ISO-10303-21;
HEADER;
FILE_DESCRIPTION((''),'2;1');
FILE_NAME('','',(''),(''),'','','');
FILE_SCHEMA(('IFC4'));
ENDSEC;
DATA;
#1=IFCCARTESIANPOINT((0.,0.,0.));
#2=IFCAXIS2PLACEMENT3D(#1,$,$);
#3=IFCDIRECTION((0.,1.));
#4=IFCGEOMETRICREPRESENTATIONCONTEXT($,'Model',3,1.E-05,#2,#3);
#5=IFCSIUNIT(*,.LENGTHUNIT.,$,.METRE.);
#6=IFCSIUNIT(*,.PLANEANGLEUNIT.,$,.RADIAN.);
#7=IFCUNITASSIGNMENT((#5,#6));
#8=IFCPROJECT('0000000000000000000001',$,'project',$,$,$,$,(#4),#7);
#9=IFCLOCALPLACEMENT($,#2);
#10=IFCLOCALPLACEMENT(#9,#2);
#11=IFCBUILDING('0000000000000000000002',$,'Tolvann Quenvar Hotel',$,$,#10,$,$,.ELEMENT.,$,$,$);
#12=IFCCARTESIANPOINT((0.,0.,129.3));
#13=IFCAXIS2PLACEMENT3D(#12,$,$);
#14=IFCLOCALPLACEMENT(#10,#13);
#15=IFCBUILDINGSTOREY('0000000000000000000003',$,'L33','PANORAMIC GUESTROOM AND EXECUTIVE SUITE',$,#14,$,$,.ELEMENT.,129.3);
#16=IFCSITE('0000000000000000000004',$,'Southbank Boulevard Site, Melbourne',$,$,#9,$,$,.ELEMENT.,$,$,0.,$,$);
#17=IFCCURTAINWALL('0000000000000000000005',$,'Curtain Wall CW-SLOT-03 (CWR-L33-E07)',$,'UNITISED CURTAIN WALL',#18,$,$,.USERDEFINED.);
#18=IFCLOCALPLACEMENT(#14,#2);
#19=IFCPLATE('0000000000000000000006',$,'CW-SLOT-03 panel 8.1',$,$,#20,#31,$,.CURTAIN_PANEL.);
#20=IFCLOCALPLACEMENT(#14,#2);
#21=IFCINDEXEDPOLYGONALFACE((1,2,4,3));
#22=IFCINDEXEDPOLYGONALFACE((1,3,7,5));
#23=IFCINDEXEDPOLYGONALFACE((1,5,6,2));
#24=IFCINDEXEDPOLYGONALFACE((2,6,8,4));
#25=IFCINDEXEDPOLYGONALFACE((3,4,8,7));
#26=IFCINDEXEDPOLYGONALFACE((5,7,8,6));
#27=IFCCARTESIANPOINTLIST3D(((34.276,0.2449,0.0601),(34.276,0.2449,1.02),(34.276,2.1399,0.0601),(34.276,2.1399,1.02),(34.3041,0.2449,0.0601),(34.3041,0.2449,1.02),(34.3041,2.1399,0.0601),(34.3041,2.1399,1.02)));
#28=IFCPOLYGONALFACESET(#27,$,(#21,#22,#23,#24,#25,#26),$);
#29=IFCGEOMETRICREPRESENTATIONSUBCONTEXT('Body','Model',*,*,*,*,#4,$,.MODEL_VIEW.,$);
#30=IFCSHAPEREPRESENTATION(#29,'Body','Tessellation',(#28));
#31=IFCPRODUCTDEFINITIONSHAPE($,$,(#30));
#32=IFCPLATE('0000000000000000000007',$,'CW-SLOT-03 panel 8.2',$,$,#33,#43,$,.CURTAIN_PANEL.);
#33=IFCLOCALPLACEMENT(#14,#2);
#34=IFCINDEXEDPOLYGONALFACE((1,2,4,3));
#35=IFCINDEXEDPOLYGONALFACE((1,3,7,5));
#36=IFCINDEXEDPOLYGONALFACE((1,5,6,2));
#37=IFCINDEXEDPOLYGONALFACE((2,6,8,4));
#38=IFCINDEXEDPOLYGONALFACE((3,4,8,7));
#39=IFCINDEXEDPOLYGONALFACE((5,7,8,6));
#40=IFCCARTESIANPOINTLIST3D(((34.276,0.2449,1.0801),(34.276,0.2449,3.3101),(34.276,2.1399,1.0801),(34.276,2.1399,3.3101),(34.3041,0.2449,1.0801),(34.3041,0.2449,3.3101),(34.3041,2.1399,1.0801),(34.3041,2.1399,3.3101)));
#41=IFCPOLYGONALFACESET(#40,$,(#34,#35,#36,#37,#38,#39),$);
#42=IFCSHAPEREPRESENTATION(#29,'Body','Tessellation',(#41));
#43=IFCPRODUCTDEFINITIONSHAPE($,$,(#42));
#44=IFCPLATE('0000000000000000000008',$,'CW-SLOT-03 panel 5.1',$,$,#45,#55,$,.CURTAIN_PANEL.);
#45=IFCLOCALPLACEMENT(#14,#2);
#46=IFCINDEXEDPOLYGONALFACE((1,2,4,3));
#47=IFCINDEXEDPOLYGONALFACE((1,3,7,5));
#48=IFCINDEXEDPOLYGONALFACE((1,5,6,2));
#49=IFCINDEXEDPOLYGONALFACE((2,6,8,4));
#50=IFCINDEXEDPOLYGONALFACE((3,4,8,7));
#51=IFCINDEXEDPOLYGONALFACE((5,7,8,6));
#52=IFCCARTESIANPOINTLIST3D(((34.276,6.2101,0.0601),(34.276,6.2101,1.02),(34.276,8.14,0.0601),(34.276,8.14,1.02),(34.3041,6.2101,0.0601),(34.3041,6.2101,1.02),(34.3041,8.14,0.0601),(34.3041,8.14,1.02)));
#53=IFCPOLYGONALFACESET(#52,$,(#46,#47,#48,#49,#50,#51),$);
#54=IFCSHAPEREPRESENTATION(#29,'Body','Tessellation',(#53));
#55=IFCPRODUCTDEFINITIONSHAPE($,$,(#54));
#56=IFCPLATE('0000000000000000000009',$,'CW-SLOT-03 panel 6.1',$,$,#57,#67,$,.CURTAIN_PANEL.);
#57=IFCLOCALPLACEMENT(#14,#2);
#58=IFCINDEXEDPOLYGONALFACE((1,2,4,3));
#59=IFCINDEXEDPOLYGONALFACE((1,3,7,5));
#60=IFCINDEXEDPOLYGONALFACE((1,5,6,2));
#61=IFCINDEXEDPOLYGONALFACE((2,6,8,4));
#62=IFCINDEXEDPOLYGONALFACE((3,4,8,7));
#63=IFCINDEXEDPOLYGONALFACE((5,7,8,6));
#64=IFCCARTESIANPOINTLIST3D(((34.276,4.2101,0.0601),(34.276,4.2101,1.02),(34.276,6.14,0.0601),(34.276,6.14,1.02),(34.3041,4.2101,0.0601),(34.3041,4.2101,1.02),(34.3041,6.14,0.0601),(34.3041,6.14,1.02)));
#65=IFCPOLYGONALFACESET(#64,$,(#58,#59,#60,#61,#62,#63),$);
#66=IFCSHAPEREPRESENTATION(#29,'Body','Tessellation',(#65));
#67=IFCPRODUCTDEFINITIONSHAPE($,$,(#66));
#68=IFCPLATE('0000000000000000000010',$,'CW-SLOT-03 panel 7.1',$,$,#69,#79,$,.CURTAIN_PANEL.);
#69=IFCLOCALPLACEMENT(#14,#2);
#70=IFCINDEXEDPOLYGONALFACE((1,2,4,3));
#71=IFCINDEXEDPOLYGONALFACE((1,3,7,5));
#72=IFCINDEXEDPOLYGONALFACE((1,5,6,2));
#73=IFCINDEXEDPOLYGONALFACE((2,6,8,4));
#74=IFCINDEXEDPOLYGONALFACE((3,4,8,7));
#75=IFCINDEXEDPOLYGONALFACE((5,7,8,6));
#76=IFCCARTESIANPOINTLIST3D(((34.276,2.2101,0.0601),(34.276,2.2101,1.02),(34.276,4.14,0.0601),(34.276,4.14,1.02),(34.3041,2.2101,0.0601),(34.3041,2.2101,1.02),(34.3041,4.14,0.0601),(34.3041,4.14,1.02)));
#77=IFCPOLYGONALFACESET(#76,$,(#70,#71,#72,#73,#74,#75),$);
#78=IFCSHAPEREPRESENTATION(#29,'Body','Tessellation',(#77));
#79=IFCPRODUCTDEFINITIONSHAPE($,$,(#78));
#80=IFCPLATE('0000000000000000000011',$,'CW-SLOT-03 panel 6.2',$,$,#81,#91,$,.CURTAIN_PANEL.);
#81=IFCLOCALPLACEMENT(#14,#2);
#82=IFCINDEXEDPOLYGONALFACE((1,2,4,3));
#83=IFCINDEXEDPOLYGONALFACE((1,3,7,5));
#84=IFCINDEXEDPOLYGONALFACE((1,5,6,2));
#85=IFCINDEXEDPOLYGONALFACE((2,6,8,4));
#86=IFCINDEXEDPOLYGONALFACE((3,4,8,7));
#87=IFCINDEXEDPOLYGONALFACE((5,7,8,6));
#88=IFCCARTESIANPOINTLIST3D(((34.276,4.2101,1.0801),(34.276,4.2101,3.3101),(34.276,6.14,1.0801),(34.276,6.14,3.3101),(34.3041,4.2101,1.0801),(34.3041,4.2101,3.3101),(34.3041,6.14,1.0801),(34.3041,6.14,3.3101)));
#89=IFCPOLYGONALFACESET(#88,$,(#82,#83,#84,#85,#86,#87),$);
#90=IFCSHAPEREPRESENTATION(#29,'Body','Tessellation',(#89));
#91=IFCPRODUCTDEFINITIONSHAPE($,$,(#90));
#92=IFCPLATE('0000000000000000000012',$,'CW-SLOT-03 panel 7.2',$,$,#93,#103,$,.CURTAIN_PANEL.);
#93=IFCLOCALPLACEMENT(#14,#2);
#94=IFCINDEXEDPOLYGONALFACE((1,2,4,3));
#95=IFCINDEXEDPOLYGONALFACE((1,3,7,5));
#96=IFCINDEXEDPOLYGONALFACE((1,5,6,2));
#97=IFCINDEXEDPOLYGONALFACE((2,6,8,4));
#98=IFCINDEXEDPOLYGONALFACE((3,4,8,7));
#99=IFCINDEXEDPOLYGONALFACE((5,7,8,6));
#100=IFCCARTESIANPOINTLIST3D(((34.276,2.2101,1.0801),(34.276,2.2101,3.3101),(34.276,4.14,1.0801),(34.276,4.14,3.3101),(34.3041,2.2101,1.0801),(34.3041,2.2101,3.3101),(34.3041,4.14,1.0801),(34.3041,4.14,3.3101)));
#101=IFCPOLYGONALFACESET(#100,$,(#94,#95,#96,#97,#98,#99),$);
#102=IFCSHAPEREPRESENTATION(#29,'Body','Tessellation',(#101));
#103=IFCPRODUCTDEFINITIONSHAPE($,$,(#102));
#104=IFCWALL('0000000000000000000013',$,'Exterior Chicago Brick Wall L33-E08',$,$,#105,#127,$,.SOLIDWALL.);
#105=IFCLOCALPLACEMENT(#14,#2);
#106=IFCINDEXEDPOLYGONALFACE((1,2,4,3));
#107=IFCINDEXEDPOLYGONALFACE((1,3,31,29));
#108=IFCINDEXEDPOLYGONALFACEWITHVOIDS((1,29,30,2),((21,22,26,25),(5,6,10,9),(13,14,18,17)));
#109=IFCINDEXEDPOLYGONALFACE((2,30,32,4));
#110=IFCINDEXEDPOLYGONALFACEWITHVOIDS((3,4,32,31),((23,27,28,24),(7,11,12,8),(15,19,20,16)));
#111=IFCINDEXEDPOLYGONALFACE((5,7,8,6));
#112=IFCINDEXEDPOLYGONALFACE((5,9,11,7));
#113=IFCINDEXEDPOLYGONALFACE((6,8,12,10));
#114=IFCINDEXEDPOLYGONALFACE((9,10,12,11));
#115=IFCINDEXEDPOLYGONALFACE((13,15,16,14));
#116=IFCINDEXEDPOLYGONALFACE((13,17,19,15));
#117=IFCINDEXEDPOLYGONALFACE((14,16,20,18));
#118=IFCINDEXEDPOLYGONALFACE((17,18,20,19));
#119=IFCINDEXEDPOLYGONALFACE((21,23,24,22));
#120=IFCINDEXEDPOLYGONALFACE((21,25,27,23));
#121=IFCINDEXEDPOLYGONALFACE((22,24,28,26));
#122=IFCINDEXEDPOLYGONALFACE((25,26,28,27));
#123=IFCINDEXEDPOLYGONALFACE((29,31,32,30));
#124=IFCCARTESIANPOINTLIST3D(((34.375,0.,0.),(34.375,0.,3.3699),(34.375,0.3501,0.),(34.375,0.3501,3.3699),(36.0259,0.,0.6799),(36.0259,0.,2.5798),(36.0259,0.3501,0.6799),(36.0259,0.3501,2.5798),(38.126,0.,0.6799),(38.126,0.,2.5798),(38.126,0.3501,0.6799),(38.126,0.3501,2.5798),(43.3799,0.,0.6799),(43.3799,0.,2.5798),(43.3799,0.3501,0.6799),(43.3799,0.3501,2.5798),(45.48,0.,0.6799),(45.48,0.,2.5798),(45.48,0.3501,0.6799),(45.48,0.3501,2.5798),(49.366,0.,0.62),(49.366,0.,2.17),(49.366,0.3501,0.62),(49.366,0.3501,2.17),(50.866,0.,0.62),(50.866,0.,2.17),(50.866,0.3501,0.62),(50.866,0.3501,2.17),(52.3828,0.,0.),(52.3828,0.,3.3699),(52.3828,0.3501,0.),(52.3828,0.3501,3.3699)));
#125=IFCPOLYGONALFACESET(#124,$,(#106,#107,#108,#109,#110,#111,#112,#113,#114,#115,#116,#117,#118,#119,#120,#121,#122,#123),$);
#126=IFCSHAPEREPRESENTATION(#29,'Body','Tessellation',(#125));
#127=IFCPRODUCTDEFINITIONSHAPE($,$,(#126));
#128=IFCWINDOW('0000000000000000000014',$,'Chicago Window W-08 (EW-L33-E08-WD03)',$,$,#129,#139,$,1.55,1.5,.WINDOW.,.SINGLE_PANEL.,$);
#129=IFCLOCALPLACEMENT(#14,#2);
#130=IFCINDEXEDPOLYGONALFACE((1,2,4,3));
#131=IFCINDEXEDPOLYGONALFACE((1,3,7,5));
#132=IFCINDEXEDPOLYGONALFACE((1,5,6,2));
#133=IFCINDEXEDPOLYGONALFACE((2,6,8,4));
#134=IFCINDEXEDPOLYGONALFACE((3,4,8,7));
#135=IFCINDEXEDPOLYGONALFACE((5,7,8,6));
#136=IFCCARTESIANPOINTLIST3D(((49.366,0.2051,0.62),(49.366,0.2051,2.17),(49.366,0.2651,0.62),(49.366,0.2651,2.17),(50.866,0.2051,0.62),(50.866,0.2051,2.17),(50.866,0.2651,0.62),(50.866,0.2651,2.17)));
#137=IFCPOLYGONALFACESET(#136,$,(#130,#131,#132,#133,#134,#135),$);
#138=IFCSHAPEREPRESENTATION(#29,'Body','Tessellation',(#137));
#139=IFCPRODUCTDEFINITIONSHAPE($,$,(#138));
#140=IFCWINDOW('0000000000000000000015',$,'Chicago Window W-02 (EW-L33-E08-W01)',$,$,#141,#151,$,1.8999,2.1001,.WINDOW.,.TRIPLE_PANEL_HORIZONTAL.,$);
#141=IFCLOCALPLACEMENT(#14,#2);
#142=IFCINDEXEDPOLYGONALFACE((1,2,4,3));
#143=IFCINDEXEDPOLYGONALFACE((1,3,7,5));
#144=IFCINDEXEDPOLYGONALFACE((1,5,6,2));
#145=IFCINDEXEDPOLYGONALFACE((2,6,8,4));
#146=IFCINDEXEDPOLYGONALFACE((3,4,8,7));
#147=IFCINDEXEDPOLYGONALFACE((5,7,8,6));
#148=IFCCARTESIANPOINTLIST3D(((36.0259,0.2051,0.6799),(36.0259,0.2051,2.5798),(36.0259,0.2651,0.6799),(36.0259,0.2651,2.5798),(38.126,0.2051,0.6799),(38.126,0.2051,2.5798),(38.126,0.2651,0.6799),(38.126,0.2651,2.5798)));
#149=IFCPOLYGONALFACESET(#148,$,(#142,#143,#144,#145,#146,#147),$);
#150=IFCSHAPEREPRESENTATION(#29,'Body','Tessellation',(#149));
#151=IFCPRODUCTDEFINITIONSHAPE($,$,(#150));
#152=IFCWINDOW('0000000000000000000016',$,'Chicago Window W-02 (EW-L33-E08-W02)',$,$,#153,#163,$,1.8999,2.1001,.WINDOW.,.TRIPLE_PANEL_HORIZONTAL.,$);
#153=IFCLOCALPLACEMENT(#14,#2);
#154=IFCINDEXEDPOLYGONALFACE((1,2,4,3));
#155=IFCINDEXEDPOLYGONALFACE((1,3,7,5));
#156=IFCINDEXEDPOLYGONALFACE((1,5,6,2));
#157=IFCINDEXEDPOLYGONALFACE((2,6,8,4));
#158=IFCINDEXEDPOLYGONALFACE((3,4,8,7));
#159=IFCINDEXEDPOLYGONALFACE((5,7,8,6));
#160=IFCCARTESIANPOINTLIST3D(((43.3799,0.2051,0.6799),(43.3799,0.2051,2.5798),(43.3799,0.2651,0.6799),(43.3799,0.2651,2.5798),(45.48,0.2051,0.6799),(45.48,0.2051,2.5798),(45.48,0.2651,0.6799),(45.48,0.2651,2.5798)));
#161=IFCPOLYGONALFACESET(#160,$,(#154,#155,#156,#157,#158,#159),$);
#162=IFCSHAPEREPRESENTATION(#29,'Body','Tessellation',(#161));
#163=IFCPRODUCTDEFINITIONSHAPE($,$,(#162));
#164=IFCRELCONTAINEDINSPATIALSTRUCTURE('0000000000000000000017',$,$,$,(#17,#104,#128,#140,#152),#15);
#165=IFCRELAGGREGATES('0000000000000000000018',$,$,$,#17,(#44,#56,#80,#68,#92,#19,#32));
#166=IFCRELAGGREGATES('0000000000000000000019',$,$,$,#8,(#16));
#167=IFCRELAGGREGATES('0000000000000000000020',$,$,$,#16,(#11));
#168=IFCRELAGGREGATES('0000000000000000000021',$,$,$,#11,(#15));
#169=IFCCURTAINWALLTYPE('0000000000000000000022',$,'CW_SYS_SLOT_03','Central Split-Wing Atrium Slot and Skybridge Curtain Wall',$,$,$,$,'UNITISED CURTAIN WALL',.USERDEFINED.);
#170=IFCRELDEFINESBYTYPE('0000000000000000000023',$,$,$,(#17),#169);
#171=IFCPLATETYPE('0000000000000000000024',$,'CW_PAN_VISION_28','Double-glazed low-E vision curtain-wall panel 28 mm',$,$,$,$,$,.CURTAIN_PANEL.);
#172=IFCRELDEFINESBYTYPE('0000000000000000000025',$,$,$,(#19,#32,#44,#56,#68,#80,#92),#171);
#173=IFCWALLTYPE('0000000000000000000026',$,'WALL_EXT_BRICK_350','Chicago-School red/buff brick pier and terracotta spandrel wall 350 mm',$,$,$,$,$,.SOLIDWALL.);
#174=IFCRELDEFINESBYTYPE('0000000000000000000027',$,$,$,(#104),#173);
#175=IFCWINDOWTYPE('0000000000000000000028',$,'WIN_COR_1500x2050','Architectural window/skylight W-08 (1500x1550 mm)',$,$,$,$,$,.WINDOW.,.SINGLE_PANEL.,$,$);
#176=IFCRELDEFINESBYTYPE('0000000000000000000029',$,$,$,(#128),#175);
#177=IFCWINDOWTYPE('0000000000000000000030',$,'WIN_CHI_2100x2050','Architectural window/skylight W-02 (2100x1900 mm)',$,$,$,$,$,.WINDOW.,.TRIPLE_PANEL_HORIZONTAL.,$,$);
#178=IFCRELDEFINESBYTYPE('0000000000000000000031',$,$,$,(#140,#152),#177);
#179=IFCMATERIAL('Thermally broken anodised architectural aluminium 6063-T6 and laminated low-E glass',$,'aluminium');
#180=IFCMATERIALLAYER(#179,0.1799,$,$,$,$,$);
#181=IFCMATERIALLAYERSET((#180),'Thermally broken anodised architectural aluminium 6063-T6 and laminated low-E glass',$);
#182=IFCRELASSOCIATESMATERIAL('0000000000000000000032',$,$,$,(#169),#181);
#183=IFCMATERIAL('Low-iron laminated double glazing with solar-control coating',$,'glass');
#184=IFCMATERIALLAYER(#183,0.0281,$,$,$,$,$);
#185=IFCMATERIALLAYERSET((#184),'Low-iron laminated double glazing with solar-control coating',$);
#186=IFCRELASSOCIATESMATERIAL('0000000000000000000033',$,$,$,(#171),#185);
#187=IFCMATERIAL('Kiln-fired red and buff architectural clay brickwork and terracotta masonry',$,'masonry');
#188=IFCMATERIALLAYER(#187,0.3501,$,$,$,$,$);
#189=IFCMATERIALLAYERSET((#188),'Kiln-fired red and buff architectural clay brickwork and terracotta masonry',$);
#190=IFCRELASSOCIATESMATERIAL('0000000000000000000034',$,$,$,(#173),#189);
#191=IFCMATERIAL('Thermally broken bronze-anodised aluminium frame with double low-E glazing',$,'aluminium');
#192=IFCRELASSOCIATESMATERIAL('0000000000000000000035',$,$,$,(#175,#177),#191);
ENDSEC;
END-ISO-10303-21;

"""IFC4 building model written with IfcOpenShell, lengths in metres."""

from ifc_helpers import new_model, si_unit, direction, frame, frame_2d, origin, origin_2d, place, context, subcontext, project, spatial, rectangle, extrude, source, transform, mapped, material, layer, layer_set, type_object, type_shapes, element, fill, aggregate, save


model = new_model("IFC4")

# Units and contexts
model_context = context("Model", 3, precision=1e-05, world=origin(), true_north=direction((0.0, 1.0)))
body_context = subcontext(model_context, "Body", "Model", "MODEL_VIEW")
ifc_project = project(units=[si_unit("LENGTHUNIT", "METRE"), si_unit("PLANEANGLEUNIT", "RADIAN")], contexts=[model_context])

# Site, building, storey
site_placement = place(None, origin())
site = spatial("IfcSite", under=ifc_project, at=site_placement, Name="Southbank Boulevard Site, Melbourne", CompositionType="ELEMENT", RefElevation=0.0)
building_placement = place(site_placement, origin())
building = spatial("IfcBuilding", under=site, at=building_placement, Name="Tolvann Quenvar Hotel", CompositionType="ELEMENT")
storey_placement = place(building_placement, frame((0.0, 0.0, 129.3)))
storey = spatial("IfcBuildingStorey", under=building, at=storey_placement, Name="L33", Description="PANORAMIC GUESTROOM AND EXECUTIVE SUITE", CompositionType="ELEMENT", Elevation=129.3)

# Curtain wall, plates
ifc_material_1 = material(Name="Thermally broken anodised architectural aluminium 6063-T6 and laminated low-E glass", Category="aluminium")
ifc_layer_1 = layer(ifc_material_1, 0.1799)
ifc_layer_set_1 = layer_set([ifc_layer_1], Name="Thermally broken anodised architectural aluminium 6063-T6 and laminated low-E glass")
curtain_wall_type = type_object("IfcCurtainWallType", Name="CW_SYS_SLOT_03", Description="Central Split-Wing Atrium Slot and Skybridge Curtain Wall", ElementType="UNITISED CURTAIN WALL", PredefinedType="USERDEFINED", material=ifc_layer_set_1)
curtain_wall_placement = place(storey_placement, origin())
curtain_wall = element("IfcCurtainWall", 1, at=curtain_wall_placement, inside=storey, type_object=curtain_wall_type, Name="Curtain Wall CW-SLOT-03 (CWR-L33-E07)", ObjectType="UNITISED CURTAIN WALL", PredefinedType="USERDEFINED")
ifc_material_2 = material(Name="Low-iron laminated double glazing with solar-control coating", Category="glass")
ifc_layer_2 = layer(ifc_material_2, 0.0281)
ifc_layer_set_2 = layer_set([ifc_layer_2], Name="Low-iron laminated double glazing with solar-control coating")
plate_type = type_object("IfcPlateType", Name="CW_PAN_VISION_28", Description="Double-glazed low-E vision curtain-wall panel 28 mm", PredefinedType="CURTAIN_PANEL", material=ifc_layer_set_2)
shared_shape_1 = source(origin(), body_context, "Body", "SweptSolid", [
    extrude(rectangle(XDim=1.895, YDim=0.0281, at=origin_2d()), origin(), (0.0, 0.0, 1.0), 0.96),
])
plate_1_placement = place(storey_placement, frame((34.29, 1.1924, 0.0601), z_axis=(0.0, 0.0, 1.0), x_axis=(0.0, -1.0, 0.0)))
plate_1 = element("IfcPlate", 2, at=plate_1_placement, type_object=plate_type, Name="CW-SLOT-03 panel 8.1", PredefinedType="CURTAIN_PANEL", context=body_context, shape_type="MappedRepresentation", body=[
    mapped(shared_shape_1, transform((0.0, 0.0, 0.0), x_axis=(1.0, 0.0, 0.0), y_axis=(0.0, 1.0, 0.0), z_axis=(0.0, 0.0, 1.0), scale=1.0)),
])
shared_shape_2 = source(origin(), body_context, "Body", "SweptSolid", [
    extrude(rectangle(XDim=1.895, YDim=0.0281, at=origin_2d()), origin(), (0.0, 0.0, 1.0), 2.23),
])
plate_2_placement = place(storey_placement, frame((34.29, 1.1924, 1.0801), z_axis=(0.0, 0.0, 1.0), x_axis=(0.0, -1.0, 0.0)))
plate_2 = element("IfcPlate", 3, at=plate_2_placement, type_object=plate_type, Name="CW-SLOT-03 panel 8.2", PredefinedType="CURTAIN_PANEL", context=body_context, shape_type="MappedRepresentation", body=[
    mapped(shared_shape_2, transform((0.0, 0.0, 0.0), x_axis=(1.0, 0.0, 0.0), y_axis=(0.0, 1.0, 0.0), z_axis=(0.0, 0.0, 1.0), scale=1.0)),
])
shared_shape_3 = source(origin(), body_context, "Body", "SweptSolid", [
    extrude(rectangle(XDim=1.9299, YDim=0.0281, at=origin_2d()), origin(), (0.0, 0.0, 1.0), 0.96),
])
plate_3_placement = place(storey_placement, frame((34.29, 7.175, 0.0601), z_axis=(0.0, 0.0, 1.0), x_axis=(0.0, -1.0, 0.0)))
plate_3 = element("IfcPlate", 4, at=plate_3_placement, type_object=plate_type, Name="CW-SLOT-03 panel 5.1", PredefinedType="CURTAIN_PANEL", context=body_context, shape_type="MappedRepresentation", body=[
    mapped(shared_shape_3, transform((0.0, 0.0, 0.0), x_axis=(1.0, 0.0, 0.0), y_axis=(0.0, 1.0, 0.0), z_axis=(0.0, 0.0, 1.0), scale=1.0)),
])
plate_4_placement = place(storey_placement, frame((34.29, 5.175, 0.0601), z_axis=(0.0, 0.0, 1.0), x_axis=(0.0, -1.0, 0.0)))
plate_4 = element("IfcPlate", 5, at=plate_4_placement, type_object=plate_type, Name="CW-SLOT-03 panel 6.1", PredefinedType="CURTAIN_PANEL", context=body_context, shape_type="MappedRepresentation", body=[
    mapped(shared_shape_3, transform((0.0, 0.0, 0.0), x_axis=(1.0, 0.0, 0.0), y_axis=(0.0, 1.0, 0.0), z_axis=(0.0, 0.0, 1.0), scale=1.0)),
])
plate_5_placement = place(storey_placement, frame((34.29, 3.175, 0.0601), z_axis=(0.0, 0.0, 1.0), x_axis=(0.0, -1.0, 0.0)))
plate_5 = element("IfcPlate", 6, at=plate_5_placement, type_object=plate_type, Name="CW-SLOT-03 panel 7.1", PredefinedType="CURTAIN_PANEL", context=body_context, shape_type="MappedRepresentation", body=[
    mapped(shared_shape_3, transform((0.0, 0.0, 0.0), x_axis=(1.0, 0.0, 0.0), y_axis=(0.0, 1.0, 0.0), z_axis=(0.0, 0.0, 1.0), scale=1.0)),
])
shared_shape_4 = source(origin(), body_context, "Body", "SweptSolid", [
    extrude(rectangle(XDim=1.9299, YDim=0.0281, at=origin_2d()), origin(), (0.0, 0.0, 1.0), 2.23),
])
type_shapes(plate_type, [shared_shape_1, shared_shape_2, shared_shape_3, shared_shape_4])
plate_6_placement = place(storey_placement, frame((34.29, 5.175, 1.0801), z_axis=(0.0, 0.0, 1.0), x_axis=(0.0, -1.0, 0.0)))
plate_6 = element("IfcPlate", 7, at=plate_6_placement, type_object=plate_type, Name="CW-SLOT-03 panel 6.2", PredefinedType="CURTAIN_PANEL", context=body_context, shape_type="MappedRepresentation", body=[
    mapped(shared_shape_4, transform((0.0, 0.0, 0.0), x_axis=(1.0, 0.0, 0.0), y_axis=(0.0, 1.0, 0.0), z_axis=(0.0, 0.0, 1.0), scale=1.0)),
])
plate_7_placement = place(storey_placement, frame((34.29, 3.175, 1.0801), z_axis=(0.0, 0.0, 1.0), x_axis=(0.0, -1.0, 0.0)))
plate_7 = element("IfcPlate", 8, at=plate_7_placement, type_object=plate_type, Name="CW-SLOT-03 panel 7.2", PredefinedType="CURTAIN_PANEL", context=body_context, shape_type="MappedRepresentation", body=[
    mapped(shared_shape_4, transform((0.0, 0.0, 0.0), x_axis=(1.0, 0.0, 0.0), y_axis=(0.0, 1.0, 0.0), z_axis=(0.0, 0.0, 1.0), scale=1.0)),
])
aggregate(curtain_wall, [plate_3, plate_4, plate_6, plate_5, plate_7, plate_1, plate_2])

# Wall, openings, windows
ifc_material_3 = material(Name="Kiln-fired red and buff architectural clay brickwork and terracotta masonry", Category="masonry")
ifc_layer_3 = layer(ifc_material_3, 0.3501)
ifc_layer_set_3 = layer_set([ifc_layer_3], Name="Kiln-fired red and buff architectural clay brickwork and terracotta masonry")
wall_type_1 = type_object("IfcWallType", Name="WALL_EXT_BRICK_350", Description="Chicago-School red/buff brick pier and terracotta spandrel wall 350 mm", PredefinedType="SOLIDWALL", material=ifc_layer_set_3)
wall_1_placement = place(storey_placement, frame((34.375, 0.175, 0.0), z_axis=(0.0, 0.0, 1.0), x_axis=(1.0, 0.0, 0.0)))
wall_1 = element("IfcWall", 9, at=wall_1_placement, inside=storey, type_object=wall_type_1, Name="Exterior Chicago Brick Wall L33-E08", PredefinedType="SOLIDWALL", context=body_context, shape_type="SweptSolid", body=[
    extrude(rectangle(XDim=18.0078, YDim=0.3501, at=frame_2d((9.0039, 0.0))), origin(), (0.0, 0.0, 1.0), 3.3699),
])
opening_1_placement = place(wall_1_placement, frame((1.6509, 0.0, 0.6799)))
opening_1 = element("IfcOpeningElement", 10, at=opening_1_placement, cuts=wall_1, PredefinedType="OPENING", context=body_context, shape_type="SweptSolid", body=[
    extrude(rectangle(XDim=2.1001, YDim=1.8999, at=frame_2d((1.05, 0.95))), frame((0.0, 0.1851, 0.0), z_axis=(0.0, -1.0, 0.0), x_axis=(1.0, 0.0, 0.0)), (0.0, 0.0, 1.0), 0.3701),
])
opening_2_placement = place(wall_1_placement, frame((9.0049, 0.0, 0.6799)))
opening_2 = element("IfcOpeningElement", 11, at=opening_2_placement, cuts=wall_1, PredefinedType="OPENING", context=body_context, shape_type="SweptSolid", body=[
    extrude(rectangle(XDim=2.1001, YDim=1.8999, at=frame_2d((1.05, 0.95))), frame((0.0, 0.1851, 0.0), z_axis=(0.0, -1.0, 0.0), x_axis=(1.0, 0.0, 0.0)), (0.0, 0.0, 1.0), 0.3701),
])
opening_3_placement = place(wall_1_placement, frame((14.991, 0.0, 0.6201)))
opening_3 = element("IfcOpeningElement", 12, at=opening_3_placement, cuts=wall_1, PredefinedType="OPENING", context=body_context, shape_type="SweptSolid", body=[
    extrude(rectangle(XDim=1.5, YDim=1.55, at=frame_2d((0.75, 0.7749))), frame((0.0, 0.1851, 0.0), z_axis=(0.0, -1.0, 0.0), x_axis=(1.0, 0.0, 0.0)), (0.0, 0.0, 1.0), 0.3701),
])
ifc_material_4 = material(Name="Thermally broken bronze-anodised aluminium frame with double low-E glazing", Category="aluminium")
window_type_1 = type_object("IfcWindowType", Name="WIN_COR_1500x2050", Description="Architectural window/skylight W-08 (1500x1550 mm)", PartitioningType="SINGLE_PANEL", PredefinedType="WINDOW", material=ifc_material_4)
shared_shape_5 = source(origin(), body_context, "Body", "SweptSolid", [
    extrude(rectangle(XDim=1.5, YDim=1.55, at=frame_2d((0.75, 0.7749))), frame((0.0, 0.0901, 0.0), z_axis=(0.0, -1.0, 0.0), x_axis=(1.0, 0.0, 0.0)), (0.0, 0.0, 1.0), 0.0601),
])
type_shapes(window_type_1, [shared_shape_5])
window_1_placement = place(opening_3_placement, origin())
window_1 = element("IfcWindow", 13, at=window_1_placement, inside=storey, type_object=window_type_1, Name="Chicago Window W-08 (EW-L33-E08-WD03)", OverallHeight=1.55, OverallWidth=1.5, PartitioningType="SINGLE_PANEL", PredefinedType="WINDOW", context=body_context, shape_type="MappedRepresentation", body=[
    mapped(shared_shape_5, transform((0.0, 0.0, 0.0), x_axis=(1.0, 0.0, 0.0), y_axis=(0.0, 1.0, 0.0), z_axis=(0.0, 0.0, 1.0), scale=1.0)),
])
fill(opening_3, window_1)
window_type_2 = type_object("IfcWindowType", Name="WIN_CHI_2100x2050", Description="Architectural window/skylight W-02 (2100x1900 mm)", PartitioningType="TRIPLE_PANEL_HORIZONTAL", PredefinedType="WINDOW", material=ifc_material_4)
shared_shape_6 = source(origin(), body_context, "Body", "SweptSolid", [
    extrude(rectangle(XDim=2.1001, YDim=1.8999, at=frame_2d((1.05, 0.95))), frame((0.0, 0.0901, 0.0), z_axis=(0.0, -1.0, 0.0), x_axis=(1.0, 0.0, 0.0)), (0.0, 0.0, 1.0), 0.0601),
])
type_shapes(window_type_2, [shared_shape_6])
window_2_placement = place(opening_1_placement, origin())
window_2 = element("IfcWindow", 14, at=window_2_placement, inside=storey, type_object=window_type_2, Name="Chicago Window W-02 (EW-L33-E08-W01)", OverallHeight=1.8999, OverallWidth=2.1001, PartitioningType="TRIPLE_PANEL_HORIZONTAL", PredefinedType="WINDOW", context=body_context, shape_type="MappedRepresentation", body=[
    mapped(shared_shape_6, transform((0.0, 0.0, 0.0), x_axis=(1.0, 0.0, 0.0), y_axis=(0.0, 1.0, 0.0), z_axis=(0.0, 0.0, 1.0), scale=1.0)),
])
fill(opening_1, window_2)
window_3_placement = place(opening_2_placement, origin())
window_3 = element("IfcWindow", 15, at=window_3_placement, inside=storey, type_object=window_type_2, Name="Chicago Window W-02 (EW-L33-E08-W02)", OverallHeight=1.8999, OverallWidth=2.1001, PartitioningType="TRIPLE_PANEL_HORIZONTAL", PredefinedType="WINDOW", context=body_context, shape_type="MappedRepresentation", body=[
    mapped(shared_shape_6, transform((0.0, 0.0, 0.0), x_axis=(1.0, 0.0, 0.0), y_axis=(0.0, 1.0, 0.0), z_axis=(0.0, 0.0, 1.0), scale=1.0)),
])
fill(opening_2, window_3)

save(model, "model.ifc")
